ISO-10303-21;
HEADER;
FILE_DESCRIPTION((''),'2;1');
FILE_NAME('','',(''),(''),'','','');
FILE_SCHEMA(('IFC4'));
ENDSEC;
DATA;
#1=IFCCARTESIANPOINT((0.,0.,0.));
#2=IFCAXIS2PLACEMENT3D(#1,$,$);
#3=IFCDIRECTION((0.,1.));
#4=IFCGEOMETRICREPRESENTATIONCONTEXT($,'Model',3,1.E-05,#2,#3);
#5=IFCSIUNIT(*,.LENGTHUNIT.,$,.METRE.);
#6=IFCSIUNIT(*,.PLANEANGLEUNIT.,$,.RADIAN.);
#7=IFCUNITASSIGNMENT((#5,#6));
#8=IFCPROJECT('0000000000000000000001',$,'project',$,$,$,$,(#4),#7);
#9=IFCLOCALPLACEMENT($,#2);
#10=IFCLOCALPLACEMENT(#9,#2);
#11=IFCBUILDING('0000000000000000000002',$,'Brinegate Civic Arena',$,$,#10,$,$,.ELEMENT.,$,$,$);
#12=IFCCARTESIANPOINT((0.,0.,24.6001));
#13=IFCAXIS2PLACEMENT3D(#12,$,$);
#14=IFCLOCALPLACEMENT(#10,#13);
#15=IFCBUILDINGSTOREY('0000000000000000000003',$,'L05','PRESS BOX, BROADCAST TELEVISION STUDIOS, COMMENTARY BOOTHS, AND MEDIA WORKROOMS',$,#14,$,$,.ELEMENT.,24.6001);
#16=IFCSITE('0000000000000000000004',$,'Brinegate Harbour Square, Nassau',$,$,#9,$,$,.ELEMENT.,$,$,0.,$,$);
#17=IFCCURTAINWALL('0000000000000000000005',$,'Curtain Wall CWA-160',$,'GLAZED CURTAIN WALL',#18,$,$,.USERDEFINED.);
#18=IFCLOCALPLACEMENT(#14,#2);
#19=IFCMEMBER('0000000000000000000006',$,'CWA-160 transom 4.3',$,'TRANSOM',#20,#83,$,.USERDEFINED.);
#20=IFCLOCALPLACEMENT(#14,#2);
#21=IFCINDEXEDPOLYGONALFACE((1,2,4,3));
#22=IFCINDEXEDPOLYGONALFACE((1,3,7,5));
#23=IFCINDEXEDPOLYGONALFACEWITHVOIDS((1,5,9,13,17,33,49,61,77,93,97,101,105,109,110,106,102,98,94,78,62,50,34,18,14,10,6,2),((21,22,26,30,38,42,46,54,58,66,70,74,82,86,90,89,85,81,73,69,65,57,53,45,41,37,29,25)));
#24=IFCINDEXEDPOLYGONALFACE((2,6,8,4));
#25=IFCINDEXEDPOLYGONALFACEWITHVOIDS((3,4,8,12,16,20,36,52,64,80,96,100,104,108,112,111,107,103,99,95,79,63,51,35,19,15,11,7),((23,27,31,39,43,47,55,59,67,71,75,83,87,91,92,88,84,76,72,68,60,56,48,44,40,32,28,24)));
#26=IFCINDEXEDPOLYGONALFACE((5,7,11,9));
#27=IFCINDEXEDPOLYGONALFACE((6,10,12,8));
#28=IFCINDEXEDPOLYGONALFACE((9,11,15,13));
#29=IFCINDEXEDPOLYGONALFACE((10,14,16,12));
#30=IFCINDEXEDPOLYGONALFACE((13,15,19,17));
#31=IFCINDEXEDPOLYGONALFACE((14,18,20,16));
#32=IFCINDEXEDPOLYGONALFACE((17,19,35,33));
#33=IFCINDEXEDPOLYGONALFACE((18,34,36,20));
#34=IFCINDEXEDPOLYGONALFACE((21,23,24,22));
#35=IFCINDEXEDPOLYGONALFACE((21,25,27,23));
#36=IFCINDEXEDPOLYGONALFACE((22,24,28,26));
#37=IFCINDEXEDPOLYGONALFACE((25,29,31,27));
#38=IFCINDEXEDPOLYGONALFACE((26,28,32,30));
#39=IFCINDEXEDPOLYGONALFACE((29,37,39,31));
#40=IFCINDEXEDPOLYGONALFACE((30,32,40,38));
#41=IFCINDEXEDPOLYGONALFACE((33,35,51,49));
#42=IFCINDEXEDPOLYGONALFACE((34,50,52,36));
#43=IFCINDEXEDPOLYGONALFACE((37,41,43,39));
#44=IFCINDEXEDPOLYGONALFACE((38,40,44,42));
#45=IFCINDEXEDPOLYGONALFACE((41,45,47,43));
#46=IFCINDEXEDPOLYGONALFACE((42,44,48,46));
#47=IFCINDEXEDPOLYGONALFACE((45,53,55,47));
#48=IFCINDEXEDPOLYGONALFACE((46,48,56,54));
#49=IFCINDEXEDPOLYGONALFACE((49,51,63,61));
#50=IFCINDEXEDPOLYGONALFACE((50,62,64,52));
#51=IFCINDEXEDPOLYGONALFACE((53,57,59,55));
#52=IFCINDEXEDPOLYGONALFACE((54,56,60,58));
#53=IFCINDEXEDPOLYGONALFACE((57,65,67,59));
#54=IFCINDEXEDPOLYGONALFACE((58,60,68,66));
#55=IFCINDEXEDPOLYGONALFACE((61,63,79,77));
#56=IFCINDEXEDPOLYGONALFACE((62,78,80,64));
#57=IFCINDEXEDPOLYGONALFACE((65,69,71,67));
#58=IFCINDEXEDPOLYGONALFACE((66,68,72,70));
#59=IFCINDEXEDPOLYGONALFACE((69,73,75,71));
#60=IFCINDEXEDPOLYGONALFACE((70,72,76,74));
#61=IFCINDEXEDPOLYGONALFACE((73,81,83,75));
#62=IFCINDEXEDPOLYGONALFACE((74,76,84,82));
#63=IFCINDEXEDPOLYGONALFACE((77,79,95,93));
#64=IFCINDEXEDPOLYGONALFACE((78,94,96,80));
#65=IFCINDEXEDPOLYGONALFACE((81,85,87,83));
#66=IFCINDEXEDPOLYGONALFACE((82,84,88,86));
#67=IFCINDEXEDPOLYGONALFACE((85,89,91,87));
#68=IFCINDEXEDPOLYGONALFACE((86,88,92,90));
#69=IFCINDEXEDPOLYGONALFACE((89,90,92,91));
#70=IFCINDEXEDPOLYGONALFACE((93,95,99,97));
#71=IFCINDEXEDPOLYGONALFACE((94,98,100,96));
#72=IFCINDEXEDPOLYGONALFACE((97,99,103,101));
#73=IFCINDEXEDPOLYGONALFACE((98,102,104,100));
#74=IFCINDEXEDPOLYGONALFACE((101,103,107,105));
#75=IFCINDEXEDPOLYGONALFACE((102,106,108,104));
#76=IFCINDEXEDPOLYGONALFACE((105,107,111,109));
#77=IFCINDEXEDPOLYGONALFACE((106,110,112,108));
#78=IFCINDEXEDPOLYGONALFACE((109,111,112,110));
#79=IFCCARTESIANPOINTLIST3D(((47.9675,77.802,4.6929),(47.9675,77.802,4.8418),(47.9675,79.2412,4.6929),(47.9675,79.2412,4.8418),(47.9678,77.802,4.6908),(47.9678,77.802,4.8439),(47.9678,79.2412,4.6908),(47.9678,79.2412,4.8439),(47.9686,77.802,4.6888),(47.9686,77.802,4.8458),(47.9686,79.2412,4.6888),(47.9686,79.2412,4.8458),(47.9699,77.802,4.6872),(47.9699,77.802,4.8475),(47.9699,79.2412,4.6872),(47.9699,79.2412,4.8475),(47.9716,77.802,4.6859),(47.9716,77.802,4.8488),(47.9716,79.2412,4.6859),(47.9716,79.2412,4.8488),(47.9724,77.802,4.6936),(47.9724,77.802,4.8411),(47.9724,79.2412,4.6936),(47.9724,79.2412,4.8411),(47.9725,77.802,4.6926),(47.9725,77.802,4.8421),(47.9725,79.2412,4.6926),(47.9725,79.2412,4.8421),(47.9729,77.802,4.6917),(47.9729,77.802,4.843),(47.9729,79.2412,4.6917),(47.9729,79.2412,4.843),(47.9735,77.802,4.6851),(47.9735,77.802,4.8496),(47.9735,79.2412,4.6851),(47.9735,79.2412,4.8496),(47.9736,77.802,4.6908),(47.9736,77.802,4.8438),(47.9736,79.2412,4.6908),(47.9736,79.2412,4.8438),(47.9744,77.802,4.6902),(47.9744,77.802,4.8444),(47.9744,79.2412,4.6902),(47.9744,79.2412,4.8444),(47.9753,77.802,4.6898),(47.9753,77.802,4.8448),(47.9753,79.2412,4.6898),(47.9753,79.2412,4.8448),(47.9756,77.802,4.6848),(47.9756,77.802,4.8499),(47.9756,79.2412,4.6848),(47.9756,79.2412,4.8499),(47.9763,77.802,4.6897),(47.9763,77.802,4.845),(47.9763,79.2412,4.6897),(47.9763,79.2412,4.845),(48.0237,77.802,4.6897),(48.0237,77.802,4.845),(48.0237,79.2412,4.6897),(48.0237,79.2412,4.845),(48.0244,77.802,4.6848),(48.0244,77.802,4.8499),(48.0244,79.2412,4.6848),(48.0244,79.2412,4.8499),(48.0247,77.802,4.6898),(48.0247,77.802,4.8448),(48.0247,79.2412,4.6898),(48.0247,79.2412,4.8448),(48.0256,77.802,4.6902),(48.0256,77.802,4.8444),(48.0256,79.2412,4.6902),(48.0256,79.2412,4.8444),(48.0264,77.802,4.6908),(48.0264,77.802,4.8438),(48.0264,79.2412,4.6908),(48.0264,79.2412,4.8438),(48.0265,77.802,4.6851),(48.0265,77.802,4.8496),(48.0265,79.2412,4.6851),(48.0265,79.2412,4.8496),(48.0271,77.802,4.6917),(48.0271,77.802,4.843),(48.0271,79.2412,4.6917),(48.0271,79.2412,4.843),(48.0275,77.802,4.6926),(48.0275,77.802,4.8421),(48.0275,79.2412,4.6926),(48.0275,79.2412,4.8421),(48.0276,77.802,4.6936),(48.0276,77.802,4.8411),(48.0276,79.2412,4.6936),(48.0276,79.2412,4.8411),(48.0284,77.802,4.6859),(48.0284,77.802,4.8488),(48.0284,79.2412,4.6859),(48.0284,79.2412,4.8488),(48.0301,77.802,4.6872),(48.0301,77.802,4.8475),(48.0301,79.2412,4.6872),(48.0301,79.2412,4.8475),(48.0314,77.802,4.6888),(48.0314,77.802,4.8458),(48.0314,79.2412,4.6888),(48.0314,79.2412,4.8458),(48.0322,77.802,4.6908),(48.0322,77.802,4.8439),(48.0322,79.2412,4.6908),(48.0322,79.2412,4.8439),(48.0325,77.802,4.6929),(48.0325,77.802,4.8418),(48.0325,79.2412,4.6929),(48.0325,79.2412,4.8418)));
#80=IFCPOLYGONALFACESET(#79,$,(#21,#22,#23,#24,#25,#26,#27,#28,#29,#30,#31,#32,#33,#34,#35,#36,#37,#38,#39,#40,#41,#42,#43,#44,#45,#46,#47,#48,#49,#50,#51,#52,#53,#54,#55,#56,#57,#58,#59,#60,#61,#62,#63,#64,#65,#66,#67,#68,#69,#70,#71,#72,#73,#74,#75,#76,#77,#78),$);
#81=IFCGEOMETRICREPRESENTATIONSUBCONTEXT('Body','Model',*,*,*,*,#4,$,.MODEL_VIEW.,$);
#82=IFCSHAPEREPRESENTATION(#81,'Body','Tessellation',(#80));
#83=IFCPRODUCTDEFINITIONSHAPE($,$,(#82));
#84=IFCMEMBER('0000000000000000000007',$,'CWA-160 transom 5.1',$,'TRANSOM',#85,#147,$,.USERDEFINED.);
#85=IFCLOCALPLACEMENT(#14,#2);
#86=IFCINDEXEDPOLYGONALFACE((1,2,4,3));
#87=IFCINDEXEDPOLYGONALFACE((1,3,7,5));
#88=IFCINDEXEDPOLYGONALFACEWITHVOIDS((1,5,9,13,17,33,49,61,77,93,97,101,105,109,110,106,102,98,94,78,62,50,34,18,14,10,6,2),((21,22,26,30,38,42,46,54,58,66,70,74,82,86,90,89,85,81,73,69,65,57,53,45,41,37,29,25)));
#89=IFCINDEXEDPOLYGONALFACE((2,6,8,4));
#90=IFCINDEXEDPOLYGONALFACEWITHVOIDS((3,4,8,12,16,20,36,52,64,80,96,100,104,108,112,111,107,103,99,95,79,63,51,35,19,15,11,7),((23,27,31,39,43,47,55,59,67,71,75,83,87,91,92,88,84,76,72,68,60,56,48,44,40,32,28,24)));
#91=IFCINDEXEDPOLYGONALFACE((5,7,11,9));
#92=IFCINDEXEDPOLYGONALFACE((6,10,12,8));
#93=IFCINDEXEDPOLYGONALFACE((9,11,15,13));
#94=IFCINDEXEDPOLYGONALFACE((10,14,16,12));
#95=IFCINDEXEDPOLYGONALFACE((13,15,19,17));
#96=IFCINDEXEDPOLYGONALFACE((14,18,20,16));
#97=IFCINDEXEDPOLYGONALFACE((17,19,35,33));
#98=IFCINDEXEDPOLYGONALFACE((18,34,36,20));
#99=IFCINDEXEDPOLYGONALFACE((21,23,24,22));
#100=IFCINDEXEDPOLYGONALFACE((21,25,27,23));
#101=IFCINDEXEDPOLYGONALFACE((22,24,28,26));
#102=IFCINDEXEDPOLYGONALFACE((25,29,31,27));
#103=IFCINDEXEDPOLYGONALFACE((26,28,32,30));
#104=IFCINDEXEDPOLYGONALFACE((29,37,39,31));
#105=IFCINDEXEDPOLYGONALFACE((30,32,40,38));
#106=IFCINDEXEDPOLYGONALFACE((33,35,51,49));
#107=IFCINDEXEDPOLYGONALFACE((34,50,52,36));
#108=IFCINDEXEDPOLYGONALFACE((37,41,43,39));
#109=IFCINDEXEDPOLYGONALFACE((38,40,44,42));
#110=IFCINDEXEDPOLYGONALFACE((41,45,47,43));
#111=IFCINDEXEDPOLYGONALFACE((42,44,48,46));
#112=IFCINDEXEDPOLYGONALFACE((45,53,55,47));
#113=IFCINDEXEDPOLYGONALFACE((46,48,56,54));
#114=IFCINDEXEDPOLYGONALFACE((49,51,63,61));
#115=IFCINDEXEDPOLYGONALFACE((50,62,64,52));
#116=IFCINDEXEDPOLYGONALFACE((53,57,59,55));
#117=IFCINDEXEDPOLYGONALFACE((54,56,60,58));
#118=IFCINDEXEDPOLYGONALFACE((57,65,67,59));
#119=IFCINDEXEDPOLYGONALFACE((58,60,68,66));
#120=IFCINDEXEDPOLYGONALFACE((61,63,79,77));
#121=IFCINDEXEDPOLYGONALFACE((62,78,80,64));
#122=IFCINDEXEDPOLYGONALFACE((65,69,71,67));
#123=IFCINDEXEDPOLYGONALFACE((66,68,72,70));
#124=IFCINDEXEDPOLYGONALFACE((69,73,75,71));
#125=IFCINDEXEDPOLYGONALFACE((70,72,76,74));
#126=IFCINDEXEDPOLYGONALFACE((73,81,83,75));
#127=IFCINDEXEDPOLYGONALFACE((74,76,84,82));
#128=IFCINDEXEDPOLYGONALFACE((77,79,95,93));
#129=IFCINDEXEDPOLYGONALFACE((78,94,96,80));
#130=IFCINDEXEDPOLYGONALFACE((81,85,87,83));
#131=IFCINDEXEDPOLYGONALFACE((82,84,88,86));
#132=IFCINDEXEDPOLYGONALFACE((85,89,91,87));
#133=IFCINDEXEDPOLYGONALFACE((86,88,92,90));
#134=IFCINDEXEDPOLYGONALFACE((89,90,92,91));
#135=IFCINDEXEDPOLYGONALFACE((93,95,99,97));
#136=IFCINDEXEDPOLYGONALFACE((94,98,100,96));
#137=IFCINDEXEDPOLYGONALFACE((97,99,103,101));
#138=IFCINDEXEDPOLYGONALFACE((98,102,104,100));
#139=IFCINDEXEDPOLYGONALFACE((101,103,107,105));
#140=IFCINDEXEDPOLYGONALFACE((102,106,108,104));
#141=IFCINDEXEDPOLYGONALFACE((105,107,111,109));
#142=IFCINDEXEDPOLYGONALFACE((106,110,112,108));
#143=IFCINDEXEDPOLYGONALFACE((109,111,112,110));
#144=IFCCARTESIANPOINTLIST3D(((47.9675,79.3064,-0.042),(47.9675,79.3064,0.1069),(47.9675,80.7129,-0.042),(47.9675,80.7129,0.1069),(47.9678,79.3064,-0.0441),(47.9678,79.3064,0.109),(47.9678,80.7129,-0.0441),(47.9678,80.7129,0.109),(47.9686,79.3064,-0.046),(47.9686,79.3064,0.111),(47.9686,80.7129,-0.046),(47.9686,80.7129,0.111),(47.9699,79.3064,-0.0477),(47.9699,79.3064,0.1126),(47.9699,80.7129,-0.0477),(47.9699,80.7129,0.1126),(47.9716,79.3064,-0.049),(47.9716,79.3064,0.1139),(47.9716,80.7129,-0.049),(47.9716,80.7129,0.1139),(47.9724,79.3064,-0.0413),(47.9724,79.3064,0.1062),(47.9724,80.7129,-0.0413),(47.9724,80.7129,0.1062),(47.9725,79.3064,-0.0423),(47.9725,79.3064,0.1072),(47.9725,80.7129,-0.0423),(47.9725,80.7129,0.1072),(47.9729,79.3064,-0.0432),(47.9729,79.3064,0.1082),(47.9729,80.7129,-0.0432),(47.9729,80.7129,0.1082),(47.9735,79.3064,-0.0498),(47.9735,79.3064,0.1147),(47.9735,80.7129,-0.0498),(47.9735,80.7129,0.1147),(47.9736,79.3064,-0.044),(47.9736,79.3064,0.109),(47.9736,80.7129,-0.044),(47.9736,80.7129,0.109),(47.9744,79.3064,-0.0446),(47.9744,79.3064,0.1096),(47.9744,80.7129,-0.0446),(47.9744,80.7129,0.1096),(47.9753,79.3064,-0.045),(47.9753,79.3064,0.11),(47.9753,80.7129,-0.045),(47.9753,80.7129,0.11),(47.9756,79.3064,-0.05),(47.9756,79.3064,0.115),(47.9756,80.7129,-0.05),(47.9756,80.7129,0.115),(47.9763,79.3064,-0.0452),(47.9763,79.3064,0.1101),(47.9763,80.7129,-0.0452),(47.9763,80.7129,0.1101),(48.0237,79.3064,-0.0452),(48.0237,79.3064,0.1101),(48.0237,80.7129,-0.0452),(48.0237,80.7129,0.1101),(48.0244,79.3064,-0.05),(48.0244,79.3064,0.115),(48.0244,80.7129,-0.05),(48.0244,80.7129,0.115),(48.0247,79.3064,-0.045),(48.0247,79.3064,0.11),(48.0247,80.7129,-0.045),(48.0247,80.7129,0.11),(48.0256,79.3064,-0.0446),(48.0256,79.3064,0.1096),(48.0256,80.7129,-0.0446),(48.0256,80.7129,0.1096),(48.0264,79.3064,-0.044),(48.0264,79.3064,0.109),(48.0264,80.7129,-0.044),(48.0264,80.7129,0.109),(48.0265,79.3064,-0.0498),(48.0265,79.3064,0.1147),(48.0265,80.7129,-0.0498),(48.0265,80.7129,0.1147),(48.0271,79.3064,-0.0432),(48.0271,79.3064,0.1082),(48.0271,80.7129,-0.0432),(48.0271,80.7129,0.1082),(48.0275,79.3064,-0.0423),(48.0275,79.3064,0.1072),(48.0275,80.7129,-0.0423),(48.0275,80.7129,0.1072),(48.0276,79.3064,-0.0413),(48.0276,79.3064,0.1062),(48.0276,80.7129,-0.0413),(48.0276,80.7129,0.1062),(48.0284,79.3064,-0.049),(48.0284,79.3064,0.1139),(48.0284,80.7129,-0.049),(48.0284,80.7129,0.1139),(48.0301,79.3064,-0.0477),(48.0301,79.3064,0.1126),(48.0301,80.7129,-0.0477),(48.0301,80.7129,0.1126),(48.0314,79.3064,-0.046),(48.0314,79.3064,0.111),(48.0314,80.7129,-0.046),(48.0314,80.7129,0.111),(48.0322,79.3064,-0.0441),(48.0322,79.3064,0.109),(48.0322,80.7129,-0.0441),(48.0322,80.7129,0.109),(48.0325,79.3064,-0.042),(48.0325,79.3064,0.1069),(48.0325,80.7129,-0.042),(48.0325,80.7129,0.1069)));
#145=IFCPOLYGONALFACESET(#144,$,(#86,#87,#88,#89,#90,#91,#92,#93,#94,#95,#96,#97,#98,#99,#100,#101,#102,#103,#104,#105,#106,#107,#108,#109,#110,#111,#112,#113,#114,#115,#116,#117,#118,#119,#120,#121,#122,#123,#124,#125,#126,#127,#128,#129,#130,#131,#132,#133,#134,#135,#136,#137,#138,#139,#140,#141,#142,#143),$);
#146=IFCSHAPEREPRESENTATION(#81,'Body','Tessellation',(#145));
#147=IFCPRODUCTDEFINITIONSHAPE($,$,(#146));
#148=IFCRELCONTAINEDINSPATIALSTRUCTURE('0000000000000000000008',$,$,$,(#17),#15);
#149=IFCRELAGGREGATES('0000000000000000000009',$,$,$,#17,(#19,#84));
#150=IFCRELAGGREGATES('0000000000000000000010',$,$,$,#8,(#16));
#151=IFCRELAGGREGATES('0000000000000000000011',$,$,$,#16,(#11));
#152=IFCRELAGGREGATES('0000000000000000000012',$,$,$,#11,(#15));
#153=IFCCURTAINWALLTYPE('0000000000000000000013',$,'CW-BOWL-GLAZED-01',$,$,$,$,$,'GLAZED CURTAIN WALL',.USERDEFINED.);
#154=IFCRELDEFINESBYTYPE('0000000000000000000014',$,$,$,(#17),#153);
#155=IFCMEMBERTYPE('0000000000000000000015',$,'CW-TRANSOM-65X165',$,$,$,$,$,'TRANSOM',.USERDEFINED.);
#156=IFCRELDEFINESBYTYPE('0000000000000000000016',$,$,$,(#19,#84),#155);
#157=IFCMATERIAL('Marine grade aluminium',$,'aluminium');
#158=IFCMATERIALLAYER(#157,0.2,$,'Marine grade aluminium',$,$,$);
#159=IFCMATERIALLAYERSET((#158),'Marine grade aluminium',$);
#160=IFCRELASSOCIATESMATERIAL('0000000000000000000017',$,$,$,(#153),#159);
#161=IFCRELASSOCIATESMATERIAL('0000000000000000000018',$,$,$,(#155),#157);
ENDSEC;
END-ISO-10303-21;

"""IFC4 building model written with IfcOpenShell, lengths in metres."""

from ifc_helpers import new_model, si_unit, direction, frame, origin, origin_2d, place, context, subcontext, project, spatial, hollow_rectangle, extrude, material, layer, layer_set, material_profile, profile_set, type_object, element, aggregate, save


model = new_model("IFC4")

# Units and contexts
model_context = context("Model", 3, precision=1e-05, world=origin(), true_north=direction((0.0, 1.0)))
body_context = subcontext(model_context, "Body", "Model", "MODEL_VIEW")
ifc_project = project(units=[si_unit("LENGTHUNIT", "METRE"), si_unit("PLANEANGLEUNIT", "RADIAN")], contexts=[model_context])

# Site, building, storey
site_placement = place(None, origin())
site = spatial("IfcSite", under=ifc_project, at=site_placement, Name="Brinegate Harbour Square, Nassau", CompositionType="ELEMENT", RefElevation=0.0)
building_placement = place(site_placement, origin())
building = spatial("IfcBuilding", under=site, at=building_placement, Name="Brinegate Civic Arena", CompositionType="ELEMENT")
storey_placement = place(building_placement, frame((0.0, 0.0, 24.6001)))
storey = spatial("IfcBuildingStorey", under=building, at=storey_placement, Name="L05", Description="PRESS BOX, BROADCAST TELEVISION STUDIOS, COMMENTARY BOOTHS, AND MEDIA WORKROOMS", CompositionType="ELEMENT", Elevation=24.6001)

# Curtain wall, members
ifc_material_1 = material(Name="Marine grade aluminium", Category="aluminium")
ifc_layer_1 = layer(ifc_material_1, 0.2, Name="Marine grade aluminium")
ifc_layer_set_1 = layer_set([ifc_layer_1], Name="Marine grade aluminium")
curtain_wall_type = type_object("IfcCurtainWallType", Name="CW-BOWL-GLAZED-01", ElementType="GLAZED CURTAIN WALL", PredefinedType="USERDEFINED", material=ifc_layer_set_1)
curtain_wall_placement = place(storey_placement, origin())
curtain_wall = element("IfcCurtainWall", 1, at=curtain_wall_placement, inside=storey, type_object=curtain_wall_type, Name="Curtain Wall CWA-160", ObjectType="GLAZED CURTAIN WALL", PredefinedType="USERDEFINED")
ifc_material_profile_1 = material_profile(ifc_material_1, hollow_rectangle(XDim=0.0649, YDim=0.165, WallThickness=0.0049, InnerFilletRadius=0.0039, OuterFilletRadius=0.0081, at=origin_2d()), Name="TRN65X165")
ifc_profile_set_1 = profile_set([ifc_material_profile_1], Name="Marine grade aluminium")
member_type_1 = type_object("IfcMemberType", Name="CW-TRANSOM-65X165", ElementType="TRANSOM", PredefinedType="USERDEFINED", material=ifc_profile_set_1)
member_1_placement = place(storey_placement, frame((48.0, 77.802, 4.7673), z_axis=(0.0, 1.0, 0.0), x_axis=(-1.0, 0.0, 0.0)))
member_1 = element("IfcMember", 2, at=member_1_placement, type_object=member_type_1, Name="CWA-160 transom 4.3", ObjectType="TRANSOM", PredefinedType="USERDEFINED", context=body_context, shape_type="SweptSolid", body=[
    extrude(hollow_rectangle(XDim=0.0649, YDim=0.165, WallThickness=0.0049, InnerFilletRadius=0.0039, OuterFilletRadius=0.0081, at=origin_2d()), origin(), (0.0, 0.0, 1.0), 1.4392),
])
member_2_placement = place(storey_placement, frame((48.0, 79.3064, 0.0325), z_axis=(0.0, 1.0, 0.0), x_axis=(-1.0, 0.0, 0.0)))
member_2 = element("IfcMember", 3, at=member_2_placement, type_object=member_type_1, Name="CWA-160 transom 5.1", ObjectType="TRANSOM", PredefinedType="USERDEFINED", context=body_context, shape_type="SweptSolid", body=[
    extrude(hollow_rectangle(XDim=0.0649, YDim=0.165, WallThickness=0.0049, InnerFilletRadius=0.0039, OuterFilletRadius=0.0081, at=origin_2d()), origin(), (0.0, 0.0, 1.0), 1.4065),
])

aggregate(curtain_wall, [member_1, member_2])

save(model, "model.ifc")
